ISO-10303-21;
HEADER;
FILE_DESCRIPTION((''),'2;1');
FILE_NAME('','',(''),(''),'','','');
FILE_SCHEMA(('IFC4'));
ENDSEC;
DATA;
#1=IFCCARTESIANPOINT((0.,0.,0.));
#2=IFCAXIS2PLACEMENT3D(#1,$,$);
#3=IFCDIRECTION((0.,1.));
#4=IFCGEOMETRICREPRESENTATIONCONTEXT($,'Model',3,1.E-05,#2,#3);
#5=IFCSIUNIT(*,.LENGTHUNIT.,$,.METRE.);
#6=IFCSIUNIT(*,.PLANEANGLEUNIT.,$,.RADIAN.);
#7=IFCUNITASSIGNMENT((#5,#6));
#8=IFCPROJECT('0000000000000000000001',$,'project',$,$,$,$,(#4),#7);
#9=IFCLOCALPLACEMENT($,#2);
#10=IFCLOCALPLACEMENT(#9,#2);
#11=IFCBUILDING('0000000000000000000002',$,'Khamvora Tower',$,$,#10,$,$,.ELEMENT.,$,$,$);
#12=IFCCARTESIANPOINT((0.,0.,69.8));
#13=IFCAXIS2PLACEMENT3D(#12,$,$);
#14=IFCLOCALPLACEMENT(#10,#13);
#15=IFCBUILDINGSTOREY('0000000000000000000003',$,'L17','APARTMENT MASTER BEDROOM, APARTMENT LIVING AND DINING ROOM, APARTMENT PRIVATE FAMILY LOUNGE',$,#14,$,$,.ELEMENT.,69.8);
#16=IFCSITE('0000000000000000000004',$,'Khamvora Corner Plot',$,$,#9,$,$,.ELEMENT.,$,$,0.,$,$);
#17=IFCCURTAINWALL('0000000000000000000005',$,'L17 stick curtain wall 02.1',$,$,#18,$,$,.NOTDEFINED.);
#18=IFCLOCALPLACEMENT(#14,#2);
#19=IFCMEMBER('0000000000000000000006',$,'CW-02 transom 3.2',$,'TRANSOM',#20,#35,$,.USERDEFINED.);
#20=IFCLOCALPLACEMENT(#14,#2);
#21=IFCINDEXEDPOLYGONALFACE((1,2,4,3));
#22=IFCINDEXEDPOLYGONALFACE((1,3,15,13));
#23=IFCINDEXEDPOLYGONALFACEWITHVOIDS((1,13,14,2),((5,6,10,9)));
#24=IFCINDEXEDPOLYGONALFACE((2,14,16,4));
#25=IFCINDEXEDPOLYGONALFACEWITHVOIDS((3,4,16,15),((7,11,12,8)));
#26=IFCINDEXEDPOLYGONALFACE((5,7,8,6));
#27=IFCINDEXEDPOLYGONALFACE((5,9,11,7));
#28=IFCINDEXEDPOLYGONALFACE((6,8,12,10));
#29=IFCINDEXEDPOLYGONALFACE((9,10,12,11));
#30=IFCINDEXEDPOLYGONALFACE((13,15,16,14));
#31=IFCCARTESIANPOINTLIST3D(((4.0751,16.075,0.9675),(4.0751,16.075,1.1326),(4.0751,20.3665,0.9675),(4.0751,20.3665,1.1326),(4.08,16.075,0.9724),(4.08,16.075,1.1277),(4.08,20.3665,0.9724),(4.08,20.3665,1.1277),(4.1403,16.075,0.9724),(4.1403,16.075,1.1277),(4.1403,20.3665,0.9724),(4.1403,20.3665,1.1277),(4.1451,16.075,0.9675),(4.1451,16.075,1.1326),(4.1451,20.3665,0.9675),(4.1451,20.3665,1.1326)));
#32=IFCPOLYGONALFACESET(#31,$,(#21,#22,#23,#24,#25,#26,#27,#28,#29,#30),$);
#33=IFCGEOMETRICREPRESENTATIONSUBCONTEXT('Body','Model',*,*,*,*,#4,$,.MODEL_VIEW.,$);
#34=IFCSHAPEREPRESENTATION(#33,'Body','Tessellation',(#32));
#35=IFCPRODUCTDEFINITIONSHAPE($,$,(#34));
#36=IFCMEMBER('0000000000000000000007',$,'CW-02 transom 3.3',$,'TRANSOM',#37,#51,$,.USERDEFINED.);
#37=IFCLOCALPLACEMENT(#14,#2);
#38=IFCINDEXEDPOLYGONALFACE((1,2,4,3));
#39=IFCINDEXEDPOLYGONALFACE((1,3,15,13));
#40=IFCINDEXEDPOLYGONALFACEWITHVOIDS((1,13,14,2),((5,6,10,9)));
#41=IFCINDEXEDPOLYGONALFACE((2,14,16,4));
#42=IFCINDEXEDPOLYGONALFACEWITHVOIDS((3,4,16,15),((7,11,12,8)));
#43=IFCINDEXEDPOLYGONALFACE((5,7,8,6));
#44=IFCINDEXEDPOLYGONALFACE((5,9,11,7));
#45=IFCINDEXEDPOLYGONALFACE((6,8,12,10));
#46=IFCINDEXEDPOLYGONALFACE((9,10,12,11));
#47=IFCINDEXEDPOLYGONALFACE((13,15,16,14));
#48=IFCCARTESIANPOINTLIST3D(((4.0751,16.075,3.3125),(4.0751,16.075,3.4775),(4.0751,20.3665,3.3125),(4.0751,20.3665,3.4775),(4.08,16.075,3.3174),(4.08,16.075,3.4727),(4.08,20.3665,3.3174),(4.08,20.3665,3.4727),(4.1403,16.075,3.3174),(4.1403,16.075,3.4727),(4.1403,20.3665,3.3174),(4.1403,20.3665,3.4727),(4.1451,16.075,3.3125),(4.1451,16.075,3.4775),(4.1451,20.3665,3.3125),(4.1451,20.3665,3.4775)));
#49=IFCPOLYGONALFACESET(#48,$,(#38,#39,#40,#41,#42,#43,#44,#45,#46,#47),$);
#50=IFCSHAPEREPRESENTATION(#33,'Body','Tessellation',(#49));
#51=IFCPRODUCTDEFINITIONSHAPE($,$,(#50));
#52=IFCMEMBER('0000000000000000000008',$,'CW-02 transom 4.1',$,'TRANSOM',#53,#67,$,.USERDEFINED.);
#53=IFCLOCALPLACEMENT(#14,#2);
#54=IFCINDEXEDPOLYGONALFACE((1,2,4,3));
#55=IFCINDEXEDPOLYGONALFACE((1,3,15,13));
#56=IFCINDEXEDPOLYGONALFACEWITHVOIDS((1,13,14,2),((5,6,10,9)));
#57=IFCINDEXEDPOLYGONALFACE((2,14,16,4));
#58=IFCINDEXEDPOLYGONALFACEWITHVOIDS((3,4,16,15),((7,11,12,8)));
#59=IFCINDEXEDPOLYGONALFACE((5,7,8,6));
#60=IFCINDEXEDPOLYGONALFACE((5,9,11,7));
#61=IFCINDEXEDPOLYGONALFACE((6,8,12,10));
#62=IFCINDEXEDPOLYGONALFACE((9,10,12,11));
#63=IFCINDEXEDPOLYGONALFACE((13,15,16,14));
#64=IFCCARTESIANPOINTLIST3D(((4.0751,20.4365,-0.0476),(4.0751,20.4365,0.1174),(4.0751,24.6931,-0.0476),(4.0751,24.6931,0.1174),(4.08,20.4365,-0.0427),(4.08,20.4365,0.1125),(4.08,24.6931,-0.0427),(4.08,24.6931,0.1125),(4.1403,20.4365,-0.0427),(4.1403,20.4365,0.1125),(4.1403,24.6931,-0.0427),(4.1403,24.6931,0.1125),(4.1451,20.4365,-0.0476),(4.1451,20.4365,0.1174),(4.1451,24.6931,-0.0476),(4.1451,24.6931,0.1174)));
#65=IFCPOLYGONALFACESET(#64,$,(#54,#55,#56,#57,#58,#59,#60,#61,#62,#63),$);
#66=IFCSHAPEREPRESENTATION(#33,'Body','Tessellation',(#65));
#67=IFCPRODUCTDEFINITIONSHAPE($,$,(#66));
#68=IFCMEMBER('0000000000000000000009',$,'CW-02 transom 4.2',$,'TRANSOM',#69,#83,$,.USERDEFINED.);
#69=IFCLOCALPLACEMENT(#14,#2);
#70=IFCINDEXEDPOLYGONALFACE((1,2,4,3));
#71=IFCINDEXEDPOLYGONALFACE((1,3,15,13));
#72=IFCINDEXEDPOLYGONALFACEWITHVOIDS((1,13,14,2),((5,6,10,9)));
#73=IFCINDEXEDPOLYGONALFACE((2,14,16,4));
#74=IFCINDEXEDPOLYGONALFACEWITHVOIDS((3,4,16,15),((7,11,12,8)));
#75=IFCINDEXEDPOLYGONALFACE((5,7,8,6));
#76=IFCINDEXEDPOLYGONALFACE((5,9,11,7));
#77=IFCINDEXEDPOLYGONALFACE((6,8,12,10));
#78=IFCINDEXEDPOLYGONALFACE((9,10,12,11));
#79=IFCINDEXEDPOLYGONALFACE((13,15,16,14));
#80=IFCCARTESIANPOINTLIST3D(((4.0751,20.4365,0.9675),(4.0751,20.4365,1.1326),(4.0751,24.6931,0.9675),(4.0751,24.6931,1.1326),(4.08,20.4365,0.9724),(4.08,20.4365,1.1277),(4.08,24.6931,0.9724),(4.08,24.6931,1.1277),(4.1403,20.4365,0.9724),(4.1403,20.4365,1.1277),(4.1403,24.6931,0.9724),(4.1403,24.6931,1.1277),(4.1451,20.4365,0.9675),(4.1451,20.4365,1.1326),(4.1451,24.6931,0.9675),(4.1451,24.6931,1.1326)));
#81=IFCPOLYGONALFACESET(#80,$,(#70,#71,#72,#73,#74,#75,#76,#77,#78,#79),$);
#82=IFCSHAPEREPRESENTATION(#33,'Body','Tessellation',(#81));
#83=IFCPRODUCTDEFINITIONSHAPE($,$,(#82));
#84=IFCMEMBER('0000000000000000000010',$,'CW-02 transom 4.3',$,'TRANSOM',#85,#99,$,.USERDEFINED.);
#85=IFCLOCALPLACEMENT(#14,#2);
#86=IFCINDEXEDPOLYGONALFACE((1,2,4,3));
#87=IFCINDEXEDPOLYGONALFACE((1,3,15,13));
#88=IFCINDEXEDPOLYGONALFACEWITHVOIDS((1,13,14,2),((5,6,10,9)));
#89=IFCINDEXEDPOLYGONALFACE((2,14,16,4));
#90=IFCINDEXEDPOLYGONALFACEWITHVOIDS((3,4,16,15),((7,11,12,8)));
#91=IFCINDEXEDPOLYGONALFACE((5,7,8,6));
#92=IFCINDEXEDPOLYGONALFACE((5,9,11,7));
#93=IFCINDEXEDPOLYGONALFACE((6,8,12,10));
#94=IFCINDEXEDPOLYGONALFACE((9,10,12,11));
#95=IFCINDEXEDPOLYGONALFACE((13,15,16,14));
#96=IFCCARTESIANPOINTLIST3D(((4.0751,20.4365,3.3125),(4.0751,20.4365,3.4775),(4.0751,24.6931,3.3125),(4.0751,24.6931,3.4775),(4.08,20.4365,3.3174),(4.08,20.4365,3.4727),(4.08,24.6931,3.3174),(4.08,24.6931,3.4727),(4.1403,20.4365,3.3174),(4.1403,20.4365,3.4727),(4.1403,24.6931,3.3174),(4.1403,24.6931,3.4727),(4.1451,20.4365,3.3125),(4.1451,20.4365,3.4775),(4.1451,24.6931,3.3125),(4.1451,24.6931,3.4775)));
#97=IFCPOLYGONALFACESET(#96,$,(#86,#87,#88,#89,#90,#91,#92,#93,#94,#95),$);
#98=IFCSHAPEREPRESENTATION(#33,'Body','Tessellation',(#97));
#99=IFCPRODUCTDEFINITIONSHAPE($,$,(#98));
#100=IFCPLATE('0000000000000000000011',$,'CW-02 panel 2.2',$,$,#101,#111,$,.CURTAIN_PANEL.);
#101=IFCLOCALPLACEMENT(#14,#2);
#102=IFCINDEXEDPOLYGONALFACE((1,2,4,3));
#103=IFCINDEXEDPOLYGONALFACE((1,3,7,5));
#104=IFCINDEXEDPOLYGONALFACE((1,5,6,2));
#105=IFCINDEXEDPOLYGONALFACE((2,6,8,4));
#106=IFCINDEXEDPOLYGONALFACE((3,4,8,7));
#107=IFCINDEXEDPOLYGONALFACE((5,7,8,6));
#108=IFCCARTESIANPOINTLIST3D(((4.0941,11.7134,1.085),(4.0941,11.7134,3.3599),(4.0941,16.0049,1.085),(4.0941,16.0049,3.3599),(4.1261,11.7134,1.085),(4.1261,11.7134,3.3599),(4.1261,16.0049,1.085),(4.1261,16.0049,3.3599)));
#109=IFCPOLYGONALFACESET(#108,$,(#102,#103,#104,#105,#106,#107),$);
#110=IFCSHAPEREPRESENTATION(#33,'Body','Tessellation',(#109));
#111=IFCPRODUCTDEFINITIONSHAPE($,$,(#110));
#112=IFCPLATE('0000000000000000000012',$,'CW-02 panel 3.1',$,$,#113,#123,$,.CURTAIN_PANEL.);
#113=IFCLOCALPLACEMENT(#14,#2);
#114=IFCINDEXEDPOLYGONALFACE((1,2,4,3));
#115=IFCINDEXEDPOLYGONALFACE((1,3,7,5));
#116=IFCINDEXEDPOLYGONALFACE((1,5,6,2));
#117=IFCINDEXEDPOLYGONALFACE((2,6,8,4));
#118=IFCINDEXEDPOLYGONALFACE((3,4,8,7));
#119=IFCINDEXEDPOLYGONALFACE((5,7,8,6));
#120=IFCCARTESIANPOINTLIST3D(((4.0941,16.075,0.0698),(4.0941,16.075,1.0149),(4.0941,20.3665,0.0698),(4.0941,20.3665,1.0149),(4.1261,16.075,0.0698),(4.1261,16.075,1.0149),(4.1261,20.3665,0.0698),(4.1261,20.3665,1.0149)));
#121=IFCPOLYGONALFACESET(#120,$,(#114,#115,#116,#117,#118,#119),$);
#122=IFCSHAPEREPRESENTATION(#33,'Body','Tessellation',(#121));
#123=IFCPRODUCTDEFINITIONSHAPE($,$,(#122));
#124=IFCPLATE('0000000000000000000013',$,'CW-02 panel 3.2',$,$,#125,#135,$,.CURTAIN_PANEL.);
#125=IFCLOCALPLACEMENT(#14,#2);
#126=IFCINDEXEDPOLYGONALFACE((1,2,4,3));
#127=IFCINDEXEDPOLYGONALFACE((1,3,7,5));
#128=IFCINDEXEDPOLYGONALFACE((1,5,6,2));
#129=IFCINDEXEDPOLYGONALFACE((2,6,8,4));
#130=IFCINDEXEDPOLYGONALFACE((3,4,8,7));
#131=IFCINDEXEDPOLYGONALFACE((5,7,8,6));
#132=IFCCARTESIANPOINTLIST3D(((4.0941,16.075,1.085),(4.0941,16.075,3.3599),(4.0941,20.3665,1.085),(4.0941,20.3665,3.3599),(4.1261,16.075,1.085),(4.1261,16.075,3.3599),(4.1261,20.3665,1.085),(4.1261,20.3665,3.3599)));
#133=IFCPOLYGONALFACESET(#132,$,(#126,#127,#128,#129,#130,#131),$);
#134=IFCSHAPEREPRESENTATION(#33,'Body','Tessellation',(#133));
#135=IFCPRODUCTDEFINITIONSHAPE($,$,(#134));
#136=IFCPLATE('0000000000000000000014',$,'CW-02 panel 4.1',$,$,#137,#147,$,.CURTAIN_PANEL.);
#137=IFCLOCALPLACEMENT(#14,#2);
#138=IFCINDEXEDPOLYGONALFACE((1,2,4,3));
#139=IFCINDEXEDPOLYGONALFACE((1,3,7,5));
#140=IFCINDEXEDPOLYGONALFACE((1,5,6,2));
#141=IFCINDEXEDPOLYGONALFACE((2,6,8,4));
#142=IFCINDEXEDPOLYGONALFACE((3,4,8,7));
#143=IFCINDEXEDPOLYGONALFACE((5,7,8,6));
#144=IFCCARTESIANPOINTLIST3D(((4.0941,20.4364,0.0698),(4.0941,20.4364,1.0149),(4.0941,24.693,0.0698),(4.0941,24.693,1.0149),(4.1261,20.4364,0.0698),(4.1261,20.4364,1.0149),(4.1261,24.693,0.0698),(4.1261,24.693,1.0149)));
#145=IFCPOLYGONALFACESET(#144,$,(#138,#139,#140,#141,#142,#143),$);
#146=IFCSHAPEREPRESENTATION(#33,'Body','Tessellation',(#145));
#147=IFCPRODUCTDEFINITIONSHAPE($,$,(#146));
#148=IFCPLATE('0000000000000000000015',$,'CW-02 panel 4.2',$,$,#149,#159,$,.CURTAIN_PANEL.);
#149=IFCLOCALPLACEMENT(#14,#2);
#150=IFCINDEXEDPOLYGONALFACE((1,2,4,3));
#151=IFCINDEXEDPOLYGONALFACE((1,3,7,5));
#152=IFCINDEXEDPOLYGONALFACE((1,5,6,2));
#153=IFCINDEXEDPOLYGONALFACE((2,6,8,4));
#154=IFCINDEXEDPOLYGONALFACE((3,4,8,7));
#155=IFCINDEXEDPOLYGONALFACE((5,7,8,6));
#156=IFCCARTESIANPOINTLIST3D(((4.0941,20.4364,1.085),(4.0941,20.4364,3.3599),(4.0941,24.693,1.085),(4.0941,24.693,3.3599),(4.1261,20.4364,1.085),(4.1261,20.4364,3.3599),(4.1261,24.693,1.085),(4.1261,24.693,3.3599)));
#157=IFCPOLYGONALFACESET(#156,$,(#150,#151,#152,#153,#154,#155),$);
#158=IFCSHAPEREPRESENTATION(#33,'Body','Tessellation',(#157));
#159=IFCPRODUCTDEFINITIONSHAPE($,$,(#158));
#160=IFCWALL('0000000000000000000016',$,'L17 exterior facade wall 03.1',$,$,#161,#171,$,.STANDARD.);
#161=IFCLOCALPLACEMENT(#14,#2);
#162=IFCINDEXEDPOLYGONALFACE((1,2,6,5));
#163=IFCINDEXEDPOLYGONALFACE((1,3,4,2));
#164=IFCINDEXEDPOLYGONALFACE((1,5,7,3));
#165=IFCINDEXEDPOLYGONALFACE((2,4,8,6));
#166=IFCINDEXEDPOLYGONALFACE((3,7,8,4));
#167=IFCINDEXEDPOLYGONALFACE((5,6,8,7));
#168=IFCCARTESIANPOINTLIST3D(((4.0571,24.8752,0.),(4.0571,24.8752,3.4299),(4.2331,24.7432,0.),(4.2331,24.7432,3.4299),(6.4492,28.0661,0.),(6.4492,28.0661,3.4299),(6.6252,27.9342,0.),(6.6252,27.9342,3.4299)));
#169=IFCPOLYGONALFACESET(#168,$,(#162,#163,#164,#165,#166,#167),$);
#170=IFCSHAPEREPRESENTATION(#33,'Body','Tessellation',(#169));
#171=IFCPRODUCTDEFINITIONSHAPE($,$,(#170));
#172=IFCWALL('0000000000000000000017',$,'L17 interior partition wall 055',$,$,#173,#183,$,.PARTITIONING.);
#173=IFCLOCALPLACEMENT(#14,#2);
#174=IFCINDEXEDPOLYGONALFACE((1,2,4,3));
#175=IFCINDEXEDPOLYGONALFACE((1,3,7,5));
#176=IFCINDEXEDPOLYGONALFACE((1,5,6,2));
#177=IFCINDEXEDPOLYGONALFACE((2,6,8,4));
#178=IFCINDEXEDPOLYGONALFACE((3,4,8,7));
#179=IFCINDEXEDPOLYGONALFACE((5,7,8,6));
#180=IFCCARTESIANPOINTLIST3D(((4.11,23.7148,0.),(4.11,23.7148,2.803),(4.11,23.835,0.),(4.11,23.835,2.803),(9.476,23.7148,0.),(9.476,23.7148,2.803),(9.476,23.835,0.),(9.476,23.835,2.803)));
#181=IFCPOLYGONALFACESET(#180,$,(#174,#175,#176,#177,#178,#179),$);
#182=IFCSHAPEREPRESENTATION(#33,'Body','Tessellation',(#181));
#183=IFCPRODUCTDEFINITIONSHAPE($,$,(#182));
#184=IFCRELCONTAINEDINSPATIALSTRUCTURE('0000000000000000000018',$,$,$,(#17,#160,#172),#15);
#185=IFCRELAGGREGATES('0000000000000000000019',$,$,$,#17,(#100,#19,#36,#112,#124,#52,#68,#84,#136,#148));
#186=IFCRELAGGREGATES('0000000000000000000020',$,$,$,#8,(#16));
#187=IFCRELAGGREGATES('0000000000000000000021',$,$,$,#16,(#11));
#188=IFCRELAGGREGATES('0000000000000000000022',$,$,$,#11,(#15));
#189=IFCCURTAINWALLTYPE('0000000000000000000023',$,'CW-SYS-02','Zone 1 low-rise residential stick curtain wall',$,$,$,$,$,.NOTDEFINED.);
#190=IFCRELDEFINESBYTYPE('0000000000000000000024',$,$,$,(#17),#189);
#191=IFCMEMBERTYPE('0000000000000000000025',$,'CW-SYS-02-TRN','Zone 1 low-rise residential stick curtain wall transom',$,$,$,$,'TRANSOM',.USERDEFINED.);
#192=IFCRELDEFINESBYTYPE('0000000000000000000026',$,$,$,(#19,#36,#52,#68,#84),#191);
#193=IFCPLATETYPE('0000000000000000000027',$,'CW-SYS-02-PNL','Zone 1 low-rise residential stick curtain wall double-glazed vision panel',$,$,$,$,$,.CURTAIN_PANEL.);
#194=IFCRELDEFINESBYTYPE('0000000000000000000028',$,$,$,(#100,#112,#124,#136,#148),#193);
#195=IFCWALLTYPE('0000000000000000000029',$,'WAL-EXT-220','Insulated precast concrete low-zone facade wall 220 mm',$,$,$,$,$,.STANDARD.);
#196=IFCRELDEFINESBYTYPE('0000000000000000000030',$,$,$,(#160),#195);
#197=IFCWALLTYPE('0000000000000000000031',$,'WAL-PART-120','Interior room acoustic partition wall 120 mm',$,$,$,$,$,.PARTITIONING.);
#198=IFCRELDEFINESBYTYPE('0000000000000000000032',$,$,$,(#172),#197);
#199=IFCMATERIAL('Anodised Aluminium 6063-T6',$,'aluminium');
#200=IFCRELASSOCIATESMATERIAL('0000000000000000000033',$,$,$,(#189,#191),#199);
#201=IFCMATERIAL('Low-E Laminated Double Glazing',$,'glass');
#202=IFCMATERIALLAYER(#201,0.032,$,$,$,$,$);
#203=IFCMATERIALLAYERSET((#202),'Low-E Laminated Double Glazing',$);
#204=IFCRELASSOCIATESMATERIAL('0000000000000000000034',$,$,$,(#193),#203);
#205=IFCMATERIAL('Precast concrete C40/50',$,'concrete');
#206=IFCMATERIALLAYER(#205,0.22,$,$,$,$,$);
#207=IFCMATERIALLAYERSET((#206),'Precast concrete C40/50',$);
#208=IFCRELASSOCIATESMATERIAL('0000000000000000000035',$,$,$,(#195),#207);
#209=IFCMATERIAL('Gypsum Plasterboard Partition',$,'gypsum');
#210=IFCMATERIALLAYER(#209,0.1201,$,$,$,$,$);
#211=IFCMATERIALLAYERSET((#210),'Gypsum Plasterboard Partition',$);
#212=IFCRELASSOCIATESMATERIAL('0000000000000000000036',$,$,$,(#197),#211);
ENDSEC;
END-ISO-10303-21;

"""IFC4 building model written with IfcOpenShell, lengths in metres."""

from ifc_helpers import new_model, si_unit, direction, frame, frame_2d, origin, origin_2d, place, context, subcontext, project, spatial, rectangle, hollow_rectangle, extrude, material, layer, layer_set, material_profile, profile_set, type_object, element, aggregate, save


model = new_model("IFC4")

# Units and contexts
model_context = context("Model", 3, precision=1e-05, world=origin(), true_north=direction((0.0, 1.0)))
body_context = subcontext(model_context, "Body", "Model", "MODEL_VIEW")
ifc_project = project(units=[si_unit("LENGTHUNIT", "METRE"), si_unit("PLANEANGLEUNIT", "RADIAN")], contexts=[model_context])

# Site, building, storey
site_placement = place(None, origin())
site = spatial("IfcSite", under=ifc_project, at=site_placement, Name="Khamvora Corner Plot", CompositionType="ELEMENT", RefElevation=0.0)
building_placement = place(site_placement, origin())
building = spatial("IfcBuilding", under=site, at=building_placement, Name="Khamvora Tower", CompositionType="ELEMENT")
storey_placement = place(building_placement, frame((0.0, 0.0, 69.8)))
storey = spatial("IfcBuildingStorey", under=building, at=storey_placement, Name="L17", Description="APARTMENT MASTER BEDROOM, APARTMENT LIVING AND DINING ROOM, APARTMENT PRIVATE FAMILY LOUNGE", CompositionType="ELEMENT", Elevation=69.8)

# Curtain wall, members, plates
ifc_material_1 = material(Name="Anodised Aluminium 6063-T6", Category="aluminium")
curtain_wall_type = type_object("IfcCurtainWallType", Name="CW-SYS-02", Description="Zone 1 low-rise residential stick curtain wall", PredefinedType="NOTDEFINED", material=ifc_material_1)
curtain_wall_placement = place(storey_placement, origin())
curtain_wall = element("IfcCurtainWall", 1, at=curtain_wall_placement, inside=storey, type_object=curtain_wall_type, Name="L17 stick curtain wall 02.1", PredefinedType="NOTDEFINED")
ifc_material_profile_1 = material_profile(ifc_material_1, hollow_rectangle(XDim=0.0701, YDim=0.165, WallThickness=0.0049, at=origin_2d()), Name="TRN70x165x5")
ifc_profile_set_1 = profile_set([ifc_material_profile_1], Name="Anodised Aluminium 6063-T6")
member_type_1 = type_object("IfcMemberType", Name="CW-SYS-02-TRN", Description="Zone 1 low-rise residential stick curtain wall transom", ElementType="TRANSOM", PredefinedType="USERDEFINED", material=ifc_profile_set_1)
member_1_placement = place(storey_placement, frame((4.1101, 16.075, 1.05), z_axis=(0.0, 1.0, 0.0), x_axis=(-1.0, 0.0, 0.0)))
member_1 = element("IfcMember", 2, at=member_1_placement, type_object=member_type_1, Name="CW-02 transom 3.2", ObjectType="TRANSOM", PredefinedType="USERDEFINED", context=body_context, shape_type="SweptSolid", body=[
    extrude(hollow_rectangle(XDim=0.0701, YDim=0.165, WallThickness=0.0049, at=origin_2d()), origin(), (0.0, 0.0, 1.0), 4.2915),
])
member_2_placement = place(storey_placement, frame((4.1101, 16.075, 3.395), z_axis=(0.0, 1.0, 0.0), x_axis=(-1.0, 0.0, 0.0)))
member_2 = element("IfcMember", 3, at=member_2_placement, type_object=member_type_1, Name="CW-02 transom 3.3", ObjectType="TRANSOM", PredefinedType="USERDEFINED", context=body_context, shape_type="SweptSolid", body=[
    extrude(hollow_rectangle(XDim=0.0701, YDim=0.165, WallThickness=0.0049, at=origin_2d()), origin(), (0.0, 0.0, 1.0), 4.2915),
])
member_3_placement = place(storey_placement, frame((4.1101, 20.4365, 0.0349), z_axis=(0.0, 1.0, 0.0), x_axis=(-1.0, 0.0, 0.0)))
member_3 = element("IfcMember", 4, at=member_3_placement, type_object=member_type_1, Name="CW-02 transom 4.1", ObjectType="TRANSOM", PredefinedType="USERDEFINED", context=body_context, shape_type="SweptSolid", body=[
    extrude(hollow_rectangle(XDim=0.0701, YDim=0.165, WallThickness=0.0049, at=origin_2d()), origin(), (0.0, 0.0, 1.0), 4.2566),
])
member_4_placement = place(storey_placement, frame((4.1101, 20.4365, 1.05), z_axis=(0.0, 1.0, 0.0), x_axis=(-1.0, 0.0, 0.0)))
member_4 = element("IfcMember", 5, at=member_4_placement, type_object=member_type_1, Name="CW-02 transom 4.2", ObjectType="TRANSOM", PredefinedType="USERDEFINED", context=body_context, shape_type="SweptSolid", body=[
    extrude(hollow_rectangle(XDim=0.0701, YDim=0.165, WallThickness=0.0049, at=origin_2d()), origin(), (0.0, 0.0, 1.0), 4.2566),
])
member_5_placement = place(storey_placement, frame((4.1101, 20.4365, 3.395), z_axis=(0.0, 1.0, 0.0), x_axis=(-1.0, 0.0, 0.0)))
member_5 = element("IfcMember", 6, at=member_5_placement, type_object=member_type_1, Name="CW-02 transom 4.3", ObjectType="TRANSOM", PredefinedType="USERDEFINED", context=body_context, shape_type="SweptSolid", body=[
    extrude(hollow_rectangle(XDim=0.0701, YDim=0.165, WallThickness=0.0049, at=origin_2d()), origin(), (0.0, 0.0, 1.0), 4.2566),
])
ifc_material_2 = material(Name="Low-E Laminated Double Glazing", Category="glass")
ifc_layer_1 = layer(ifc_material_2, 0.032)
ifc_layer_set_1 = layer_set([ifc_layer_1], Name="Low-E Laminated Double Glazing")
plate_type = type_object("IfcPlateType", Name="CW-SYS-02-PNL", Description="Zone 1 low-rise residential stick curtain wall double-glazed vision panel", PredefinedType="CURTAIN_PANEL", material=ifc_layer_set_1)
plate_1_placement = place(storey_placement, frame((4.1101, 13.8591, 1.085), z_axis=(0.0, 0.0, 1.0), x_axis=(0.0, 1.0, 0.0)))
plate_1 = element("IfcPlate", 7, at=plate_1_placement, type_object=plate_type, Name="CW-02 panel 2.2", PredefinedType="CURTAIN_PANEL", context=body_context, shape_type="SweptSolid", body=[
    extrude(rectangle(XDim=4.2915, YDim=0.032, at=origin_2d()), origin(), (0.0, 0.0, 1.0), 2.2749),
])
plate_2_placement = place(storey_placement, frame((4.1101, 18.2207, 0.0698), z_axis=(0.0, 0.0, 1.0), x_axis=(0.0, 1.0, 0.0)))
plate_2 = element("IfcPlate", 8, at=plate_2_placement, type_object=plate_type, Name="CW-02 panel 3.1", PredefinedType="CURTAIN_PANEL", context=body_context, shape_type="SweptSolid", body=[
    extrude(rectangle(XDim=4.2915, YDim=0.032, at=origin_2d()), origin(), (0.0, 0.0, 1.0), 0.9451),
])
plate_3_placement = place(storey_placement, frame((4.1101, 18.2207, 1.085), z_axis=(0.0, 0.0, 1.0), x_axis=(0.0, 1.0, 0.0)))
plate_3 = element("IfcPlate", 9, at=plate_3_placement, type_object=plate_type, Name="CW-02 panel 3.2", PredefinedType="CURTAIN_PANEL", context=body_context, shape_type="SweptSolid", body=[
    extrude(rectangle(XDim=4.2915, YDim=0.032, at=origin_2d()), origin(), (0.0, 0.0, 1.0), 2.2749),
])
plate_4_placement = place(storey_placement, frame((4.1101, 22.5647, 0.0698), z_axis=(0.0, 0.0, 1.0), x_axis=(0.0, 1.0, 0.0)))
plate_4 = element("IfcPlate", 10, at=plate_4_placement, type_object=plate_type, Name="CW-02 panel 4.1", PredefinedType="CURTAIN_PANEL", context=body_context, shape_type="SweptSolid", body=[
    extrude(rectangle(XDim=4.2566, YDim=0.032, at=origin_2d()), origin(), (0.0, 0.0, 1.0), 0.9451),
])
plate_5_placement = place(storey_placement, frame((4.1101, 22.5647, 1.085), z_axis=(0.0, 0.0, 1.0), x_axis=(0.0, 1.0, 0.0)))
plate_5 = element("IfcPlate", 11, at=plate_5_placement, type_object=plate_type, Name="CW-02 panel 4.2", PredefinedType="CURTAIN_PANEL", context=body_context, shape_type="SweptSolid", body=[
    extrude(rectangle(XDim=4.2566, YDim=0.032, at=origin_2d()), origin(), (0.0, 0.0, 1.0), 2.2749),
])
aggregate(curtain_wall, [plate_1, member_1, member_2, plate_2, plate_3, member_3, member_4, member_5, plate_4, plate_5])

# Walls
ifc_material_3 = material(Name="Precast concrete C40/50", Category="concrete")
ifc_layer_2 = layer(ifc_material_3, 0.22)
ifc_layer_set_2 = layer_set([ifc_layer_2], Name="Precast concrete C40/50")
wall_type_1 = type_object("IfcWallType", Name="WAL-EXT-220", Description="Insulated precast concrete low-zone facade wall 220 mm", PredefinedType="STANDARD", material=ifc_layer_set_2)
wall_1_placement = place(storey_placement, frame((4.145, 24.8091, 0.0), z_axis=(0.0, 0.0, 1.0), x_axis=(0.599824, 0.800132, 0.0)))
element("IfcWall", 12, at=wall_1_placement, inside=storey, type_object=wall_type_1, Name="L17 exterior facade wall 03.1", PredefinedType="STANDARD", context=body_context, shape_type="SweptSolid", body=[
    extrude(rectangle(XDim=3.988, YDim=0.22, at=frame_2d((1.9941, 0.0))), origin(), (0.0, 0.0, 1.0), 3.4299),
])
ifc_material_4 = material(Name="Gypsum Plasterboard Partition", Category="gypsum")
ifc_layer_3 = layer(ifc_material_4, 0.1201)
ifc_layer_set_3 = layer_set([ifc_layer_3], Name="Gypsum Plasterboard Partition")
wall_type_2 = type_object("IfcWallType", Name="WAL-PART-120", Description="Interior room acoustic partition wall 120 mm", PredefinedType="PARTITIONING", material=ifc_layer_set_3)
wall_2_placement = place(storey_placement, frame((9.4761, 23.7749, 0.0), z_axis=(0.0, 0.0, 1.0), x_axis=(-1.0, 0.0, 0.0)))
element("IfcWall", 13, at=wall_2_placement, inside=storey, type_object=wall_type_2, Name="L17 interior partition wall 055", PredefinedType="PARTITIONING", context=body_context, shape_type="SweptSolid", body=[
    extrude(rectangle(XDim=5.366, YDim=0.1201, at=frame_2d((2.6831, 0.0))), origin(), (0.0, 0.0, 1.0), 2.803),
])

save(model, "model.ifc")
